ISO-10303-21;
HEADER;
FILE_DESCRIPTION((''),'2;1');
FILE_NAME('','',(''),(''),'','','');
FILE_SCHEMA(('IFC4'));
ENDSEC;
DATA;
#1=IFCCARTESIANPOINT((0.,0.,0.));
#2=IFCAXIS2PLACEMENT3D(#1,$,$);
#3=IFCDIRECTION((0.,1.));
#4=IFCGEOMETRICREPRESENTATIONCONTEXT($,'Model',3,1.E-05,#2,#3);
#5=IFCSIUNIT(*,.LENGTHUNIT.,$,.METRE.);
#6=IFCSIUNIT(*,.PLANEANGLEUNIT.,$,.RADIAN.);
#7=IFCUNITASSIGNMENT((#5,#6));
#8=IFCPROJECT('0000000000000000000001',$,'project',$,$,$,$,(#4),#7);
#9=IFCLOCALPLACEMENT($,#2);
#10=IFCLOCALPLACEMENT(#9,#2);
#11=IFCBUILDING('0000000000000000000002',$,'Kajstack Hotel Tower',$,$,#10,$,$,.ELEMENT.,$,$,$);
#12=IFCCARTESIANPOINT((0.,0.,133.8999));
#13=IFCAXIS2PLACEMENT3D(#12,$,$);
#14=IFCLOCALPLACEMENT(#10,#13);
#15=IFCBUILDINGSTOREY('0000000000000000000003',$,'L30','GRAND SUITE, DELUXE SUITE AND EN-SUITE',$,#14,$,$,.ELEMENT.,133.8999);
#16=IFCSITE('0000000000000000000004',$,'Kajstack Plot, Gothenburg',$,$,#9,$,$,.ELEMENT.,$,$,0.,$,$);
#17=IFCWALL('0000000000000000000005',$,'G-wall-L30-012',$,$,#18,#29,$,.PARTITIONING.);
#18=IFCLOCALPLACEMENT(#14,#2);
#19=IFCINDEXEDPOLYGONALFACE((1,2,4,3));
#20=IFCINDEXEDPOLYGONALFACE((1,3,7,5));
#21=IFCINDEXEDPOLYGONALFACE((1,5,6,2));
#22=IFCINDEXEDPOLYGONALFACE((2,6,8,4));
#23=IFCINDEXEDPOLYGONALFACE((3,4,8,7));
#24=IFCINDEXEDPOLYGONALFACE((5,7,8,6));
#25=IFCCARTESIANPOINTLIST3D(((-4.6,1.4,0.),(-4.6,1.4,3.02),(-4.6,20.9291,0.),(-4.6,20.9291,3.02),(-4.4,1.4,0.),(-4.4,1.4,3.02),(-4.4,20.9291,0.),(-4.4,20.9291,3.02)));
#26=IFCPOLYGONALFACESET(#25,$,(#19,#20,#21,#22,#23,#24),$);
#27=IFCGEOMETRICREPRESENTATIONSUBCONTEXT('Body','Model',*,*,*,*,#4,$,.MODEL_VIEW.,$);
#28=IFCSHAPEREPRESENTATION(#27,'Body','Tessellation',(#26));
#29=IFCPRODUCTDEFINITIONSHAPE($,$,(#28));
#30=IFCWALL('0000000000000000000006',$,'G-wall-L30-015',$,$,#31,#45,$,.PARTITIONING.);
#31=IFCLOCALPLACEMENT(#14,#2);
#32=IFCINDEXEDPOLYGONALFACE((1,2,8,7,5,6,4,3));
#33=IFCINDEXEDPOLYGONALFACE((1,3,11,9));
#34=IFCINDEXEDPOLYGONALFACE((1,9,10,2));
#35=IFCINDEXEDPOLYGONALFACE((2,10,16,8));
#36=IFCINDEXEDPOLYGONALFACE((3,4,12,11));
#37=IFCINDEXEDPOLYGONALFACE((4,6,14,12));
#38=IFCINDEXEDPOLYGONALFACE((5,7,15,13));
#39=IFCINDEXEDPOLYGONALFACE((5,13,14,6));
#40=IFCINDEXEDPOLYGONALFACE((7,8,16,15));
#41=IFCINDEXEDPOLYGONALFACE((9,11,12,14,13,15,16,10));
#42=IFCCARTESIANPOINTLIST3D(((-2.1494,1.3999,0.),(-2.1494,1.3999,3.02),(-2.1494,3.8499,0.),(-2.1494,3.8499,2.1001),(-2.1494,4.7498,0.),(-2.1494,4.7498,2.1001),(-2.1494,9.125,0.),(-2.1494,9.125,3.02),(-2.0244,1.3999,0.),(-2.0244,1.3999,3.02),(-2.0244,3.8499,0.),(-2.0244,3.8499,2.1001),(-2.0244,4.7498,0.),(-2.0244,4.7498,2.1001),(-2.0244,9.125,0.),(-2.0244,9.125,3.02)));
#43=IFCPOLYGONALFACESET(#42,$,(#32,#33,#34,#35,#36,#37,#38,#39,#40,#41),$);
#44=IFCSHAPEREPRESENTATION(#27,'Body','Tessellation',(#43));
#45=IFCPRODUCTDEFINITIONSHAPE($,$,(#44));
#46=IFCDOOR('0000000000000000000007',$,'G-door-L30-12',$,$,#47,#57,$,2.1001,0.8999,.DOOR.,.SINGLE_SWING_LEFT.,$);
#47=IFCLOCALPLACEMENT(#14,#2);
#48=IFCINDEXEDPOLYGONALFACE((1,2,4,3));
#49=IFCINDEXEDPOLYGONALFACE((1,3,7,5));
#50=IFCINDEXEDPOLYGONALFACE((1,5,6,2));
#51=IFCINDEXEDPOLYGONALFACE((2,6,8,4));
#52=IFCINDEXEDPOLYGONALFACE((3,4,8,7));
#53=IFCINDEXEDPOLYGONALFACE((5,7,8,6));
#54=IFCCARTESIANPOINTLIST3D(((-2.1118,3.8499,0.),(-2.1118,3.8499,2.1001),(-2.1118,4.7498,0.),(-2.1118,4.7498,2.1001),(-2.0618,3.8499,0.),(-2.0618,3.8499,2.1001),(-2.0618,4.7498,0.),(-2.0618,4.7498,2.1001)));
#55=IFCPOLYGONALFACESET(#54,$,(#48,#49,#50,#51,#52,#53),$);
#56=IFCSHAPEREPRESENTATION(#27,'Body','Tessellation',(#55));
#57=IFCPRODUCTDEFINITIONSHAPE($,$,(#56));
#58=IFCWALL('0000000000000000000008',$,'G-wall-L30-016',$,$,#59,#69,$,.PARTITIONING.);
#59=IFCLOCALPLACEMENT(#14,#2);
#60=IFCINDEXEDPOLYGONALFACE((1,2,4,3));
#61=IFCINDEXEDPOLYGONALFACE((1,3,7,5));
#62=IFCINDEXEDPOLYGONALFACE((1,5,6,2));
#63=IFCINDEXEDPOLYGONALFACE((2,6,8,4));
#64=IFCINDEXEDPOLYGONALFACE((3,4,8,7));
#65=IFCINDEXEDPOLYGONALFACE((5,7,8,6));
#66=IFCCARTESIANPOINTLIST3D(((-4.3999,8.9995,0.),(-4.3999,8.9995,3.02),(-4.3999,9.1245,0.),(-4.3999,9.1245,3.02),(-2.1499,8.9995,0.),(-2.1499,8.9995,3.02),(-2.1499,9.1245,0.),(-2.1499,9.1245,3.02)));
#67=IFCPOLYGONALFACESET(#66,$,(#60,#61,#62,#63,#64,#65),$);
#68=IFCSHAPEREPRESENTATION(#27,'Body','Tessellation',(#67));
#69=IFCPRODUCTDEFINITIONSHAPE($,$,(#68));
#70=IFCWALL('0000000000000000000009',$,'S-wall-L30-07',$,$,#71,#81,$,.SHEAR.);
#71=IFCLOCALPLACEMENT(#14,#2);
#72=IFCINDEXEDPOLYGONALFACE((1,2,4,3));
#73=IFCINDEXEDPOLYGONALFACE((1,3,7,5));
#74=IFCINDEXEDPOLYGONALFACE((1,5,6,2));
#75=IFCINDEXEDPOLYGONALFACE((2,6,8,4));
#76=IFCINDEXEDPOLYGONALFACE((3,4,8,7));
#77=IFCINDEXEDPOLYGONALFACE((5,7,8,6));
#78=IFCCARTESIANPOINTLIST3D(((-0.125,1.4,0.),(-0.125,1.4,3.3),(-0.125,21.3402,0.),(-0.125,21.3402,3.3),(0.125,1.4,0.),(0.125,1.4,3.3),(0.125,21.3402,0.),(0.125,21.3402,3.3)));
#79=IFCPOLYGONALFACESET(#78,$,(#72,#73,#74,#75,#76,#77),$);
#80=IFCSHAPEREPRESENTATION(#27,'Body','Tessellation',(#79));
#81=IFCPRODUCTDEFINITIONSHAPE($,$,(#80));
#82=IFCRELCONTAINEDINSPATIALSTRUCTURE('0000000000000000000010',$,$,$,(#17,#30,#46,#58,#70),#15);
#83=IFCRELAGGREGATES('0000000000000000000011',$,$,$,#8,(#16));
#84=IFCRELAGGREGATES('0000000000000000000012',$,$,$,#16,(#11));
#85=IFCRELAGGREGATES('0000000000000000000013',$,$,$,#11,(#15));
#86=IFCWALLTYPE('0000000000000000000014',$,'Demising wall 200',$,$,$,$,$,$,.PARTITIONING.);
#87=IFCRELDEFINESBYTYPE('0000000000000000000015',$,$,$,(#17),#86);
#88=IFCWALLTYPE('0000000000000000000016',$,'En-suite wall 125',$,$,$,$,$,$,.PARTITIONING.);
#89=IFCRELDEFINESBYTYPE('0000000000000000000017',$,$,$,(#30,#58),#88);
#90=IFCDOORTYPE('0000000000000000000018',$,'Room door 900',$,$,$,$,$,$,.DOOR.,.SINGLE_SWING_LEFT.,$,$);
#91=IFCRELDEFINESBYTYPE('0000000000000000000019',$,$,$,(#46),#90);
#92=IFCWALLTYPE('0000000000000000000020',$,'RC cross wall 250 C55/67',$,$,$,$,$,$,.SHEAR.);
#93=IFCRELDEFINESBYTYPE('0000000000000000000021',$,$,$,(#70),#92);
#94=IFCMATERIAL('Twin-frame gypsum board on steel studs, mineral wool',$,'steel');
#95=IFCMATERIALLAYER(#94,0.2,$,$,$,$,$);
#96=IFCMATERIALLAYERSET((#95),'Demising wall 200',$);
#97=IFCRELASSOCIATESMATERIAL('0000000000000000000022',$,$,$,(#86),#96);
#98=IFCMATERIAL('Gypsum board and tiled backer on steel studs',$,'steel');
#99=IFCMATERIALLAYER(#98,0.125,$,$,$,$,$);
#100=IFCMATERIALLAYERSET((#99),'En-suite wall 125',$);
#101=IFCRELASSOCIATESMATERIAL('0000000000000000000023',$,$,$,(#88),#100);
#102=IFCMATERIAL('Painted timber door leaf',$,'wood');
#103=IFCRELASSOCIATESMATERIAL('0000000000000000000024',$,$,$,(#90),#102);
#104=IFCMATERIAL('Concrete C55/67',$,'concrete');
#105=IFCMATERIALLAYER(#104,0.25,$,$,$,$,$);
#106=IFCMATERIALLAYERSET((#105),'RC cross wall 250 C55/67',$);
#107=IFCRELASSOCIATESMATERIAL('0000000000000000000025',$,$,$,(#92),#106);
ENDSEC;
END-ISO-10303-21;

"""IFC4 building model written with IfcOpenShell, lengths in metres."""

from ifc_helpers import new_model, si_unit, direction, frame, frame_2d, origin, place, context, subcontext, project, spatial, rectangle, extrude, material, layer, layer_set, type_object, element, fill, save


model = new_model("IFC4")

# Units and contexts
model_context = context("Model", 3, precision=1e-05, world=origin(), true_north=direction((0.0, 1.0)))
body_context = subcontext(model_context, "Body", "Model", "MODEL_VIEW")
ifc_project = project(units=[si_unit("LENGTHUNIT", "METRE"), si_unit("PLANEANGLEUNIT", "RADIAN")], contexts=[model_context])

# Site, building, storey
site_placement = place(None, origin())
site = spatial("IfcSite", under=ifc_project, at=site_placement, Name="Kajstack Plot, Gothenburg", CompositionType="ELEMENT", RefElevation=0.0)
building_placement = place(site_placement, origin())
building = spatial("IfcBuilding", under=site, at=building_placement, Name="Kajstack Hotel Tower", CompositionType="ELEMENT")
storey_placement = place(building_placement, frame((0.0, 0.0, 133.8999)))
storey = spatial("IfcBuildingStorey", under=building, at=storey_placement, Name="L30", Description="GRAND SUITE, DELUXE SUITE AND EN-SUITE", CompositionType="ELEMENT", Elevation=133.8999)

# Wall
ifc_material_1 = material(Name="Twin-frame gypsum board on steel studs, mineral wool", Category="steel")
ifc_layer_1 = layer(ifc_material_1, 0.2)
ifc_layer_set_1 = layer_set([ifc_layer_1], Name="Demising wall 200")
wall_type_1 = type_object("IfcWallType", Name="Demising wall 200", PredefinedType="PARTITIONING", material=ifc_layer_set_1)
wall_1_placement = place(storey_placement, frame((-4.5, 1.3999, 0.0), z_axis=(0.0, 0.0, 1.0), x_axis=(0.0, 1.0, 0.0)))
element("IfcWall", 1, at=wall_1_placement, inside=storey, type_object=wall_type_1, Name="G-wall-L30-012", PredefinedType="PARTITIONING", context=body_context, shape_type="SweptSolid", body=[
    extrude(rectangle(XDim=19.5291, YDim=0.2, at=frame_2d((9.7646, 0.0))), origin(), (0.0, 0.0, 1.0), 3.02),
])

# Wall, opening, door
ifc_material_2 = material(Name="Gypsum board and tiled backer on steel studs", Category="steel")
ifc_layer_2 = layer(ifc_material_2, 0.125)
ifc_layer_set_2 = layer_set([ifc_layer_2], Name="En-suite wall 125")
wall_type_2 = type_object("IfcWallType", Name="En-suite wall 125", PredefinedType="PARTITIONING", material=ifc_layer_set_2)
wall_2_placement = place(storey_placement, frame((-2.0869, 1.3999, 0.0), z_axis=(0.0, 0.0, 1.0), x_axis=(0.0, 1.0, 0.0)))
wall_2 = element("IfcWall", 2, at=wall_2_placement, inside=storey, type_object=wall_type_2, Name="G-wall-L30-015", PredefinedType="PARTITIONING", context=body_context, shape_type="SweptSolid", body=[
    extrude(rectangle(XDim=7.7251, YDim=0.125, at=frame_2d((3.8625, 0.0))), origin(), (0.0, 0.0, 1.0), 3.02),
])
opening_placement = place(wall_2_placement, frame((2.45, 0.0, 0.0)))
opening = element("IfcOpeningElement", 3, at=opening_placement, cuts=wall_2, PredefinedType="OPENING", context=body_context, shape_type="SweptSolid", body=[
    extrude(rectangle(XDim=0.8999, YDim=2.1001, at=frame_2d((0.45, 1.05))), frame((0.0, 0.0725, 0.0), z_axis=(0.0, -1.0, 0.0), x_axis=(1.0, 0.0, 0.0)), (0.0, 0.0, 1.0), 0.145),
])
ifc_material_3 = material(Name="Painted timber door leaf", Category="wood")
door_type = type_object("IfcDoorType", Name="Room door 900", OperationType="SINGLE_SWING_LEFT", PredefinedType="DOOR", material=ifc_material_3)
door_placement = place(opening_placement, origin())
door = element("IfcDoor", 4, at=door_placement, inside=storey, type_object=door_type, Name="G-door-L30-12", OperationType="SINGLE_SWING_LEFT", OverallHeight=2.1001, OverallWidth=0.8999, PredefinedType="DOOR", context=body_context, shape_type="SweptSolid", body=[
    extrude(rectangle(XDim=0.8999, YDim=2.1001, at=frame_2d((0.45, 1.05))), frame((0.0, 0.0249, 0.0), z_axis=(0.0, -1.0, 0.0), x_axis=(1.0, 0.0, 0.0)), (0.0, 0.0, 1.0), 0.05),
])
fill(opening, door)

# Walls
wall_3_placement = place(storey_placement, frame((-4.3999, 9.062, 0.0), z_axis=(0.0, 0.0, 1.0), x_axis=(1.0, 0.0, 0.0)))
element("IfcWall", 5, at=wall_3_placement, inside=storey, type_object=wall_type_2, Name="G-wall-L30-016", PredefinedType="PARTITIONING", context=body_context, shape_type="SweptSolid", body=[
    extrude(rectangle(XDim=2.25, YDim=0.125, at=frame_2d((1.125, 0.0))), origin(), (0.0, 0.0, 1.0), 3.02),
])
ifc_material_4 = material(Name="Concrete C55/67", Category="concrete")
ifc_layer_3 = layer(ifc_material_4, 0.25)
ifc_layer_set_3 = layer_set([ifc_layer_3], Name="RC cross wall 250 C55/67")
wall_type_3 = type_object("IfcWallType", Name="RC cross wall 250 C55/67", PredefinedType="SHEAR", material=ifc_layer_set_3)
wall_4_placement = place(storey_placement, frame((0.0, 1.3999, 0.0), z_axis=(0.0, 0.0, 1.0), x_axis=(0.0, 1.0, 0.0)))
element("IfcWall", 6, at=wall_4_placement, inside=storey, type_object=wall_type_3, Name="S-wall-L30-07", PredefinedType="SHEAR", context=body_context, shape_type="SweptSolid", body=[
    extrude(rectangle(XDim=19.9402, YDim=0.25, at=frame_2d((9.9702, 0.0))), origin(), (0.0, 0.0, 1.0), 3.3),
])

save(model, "model.ifc")
